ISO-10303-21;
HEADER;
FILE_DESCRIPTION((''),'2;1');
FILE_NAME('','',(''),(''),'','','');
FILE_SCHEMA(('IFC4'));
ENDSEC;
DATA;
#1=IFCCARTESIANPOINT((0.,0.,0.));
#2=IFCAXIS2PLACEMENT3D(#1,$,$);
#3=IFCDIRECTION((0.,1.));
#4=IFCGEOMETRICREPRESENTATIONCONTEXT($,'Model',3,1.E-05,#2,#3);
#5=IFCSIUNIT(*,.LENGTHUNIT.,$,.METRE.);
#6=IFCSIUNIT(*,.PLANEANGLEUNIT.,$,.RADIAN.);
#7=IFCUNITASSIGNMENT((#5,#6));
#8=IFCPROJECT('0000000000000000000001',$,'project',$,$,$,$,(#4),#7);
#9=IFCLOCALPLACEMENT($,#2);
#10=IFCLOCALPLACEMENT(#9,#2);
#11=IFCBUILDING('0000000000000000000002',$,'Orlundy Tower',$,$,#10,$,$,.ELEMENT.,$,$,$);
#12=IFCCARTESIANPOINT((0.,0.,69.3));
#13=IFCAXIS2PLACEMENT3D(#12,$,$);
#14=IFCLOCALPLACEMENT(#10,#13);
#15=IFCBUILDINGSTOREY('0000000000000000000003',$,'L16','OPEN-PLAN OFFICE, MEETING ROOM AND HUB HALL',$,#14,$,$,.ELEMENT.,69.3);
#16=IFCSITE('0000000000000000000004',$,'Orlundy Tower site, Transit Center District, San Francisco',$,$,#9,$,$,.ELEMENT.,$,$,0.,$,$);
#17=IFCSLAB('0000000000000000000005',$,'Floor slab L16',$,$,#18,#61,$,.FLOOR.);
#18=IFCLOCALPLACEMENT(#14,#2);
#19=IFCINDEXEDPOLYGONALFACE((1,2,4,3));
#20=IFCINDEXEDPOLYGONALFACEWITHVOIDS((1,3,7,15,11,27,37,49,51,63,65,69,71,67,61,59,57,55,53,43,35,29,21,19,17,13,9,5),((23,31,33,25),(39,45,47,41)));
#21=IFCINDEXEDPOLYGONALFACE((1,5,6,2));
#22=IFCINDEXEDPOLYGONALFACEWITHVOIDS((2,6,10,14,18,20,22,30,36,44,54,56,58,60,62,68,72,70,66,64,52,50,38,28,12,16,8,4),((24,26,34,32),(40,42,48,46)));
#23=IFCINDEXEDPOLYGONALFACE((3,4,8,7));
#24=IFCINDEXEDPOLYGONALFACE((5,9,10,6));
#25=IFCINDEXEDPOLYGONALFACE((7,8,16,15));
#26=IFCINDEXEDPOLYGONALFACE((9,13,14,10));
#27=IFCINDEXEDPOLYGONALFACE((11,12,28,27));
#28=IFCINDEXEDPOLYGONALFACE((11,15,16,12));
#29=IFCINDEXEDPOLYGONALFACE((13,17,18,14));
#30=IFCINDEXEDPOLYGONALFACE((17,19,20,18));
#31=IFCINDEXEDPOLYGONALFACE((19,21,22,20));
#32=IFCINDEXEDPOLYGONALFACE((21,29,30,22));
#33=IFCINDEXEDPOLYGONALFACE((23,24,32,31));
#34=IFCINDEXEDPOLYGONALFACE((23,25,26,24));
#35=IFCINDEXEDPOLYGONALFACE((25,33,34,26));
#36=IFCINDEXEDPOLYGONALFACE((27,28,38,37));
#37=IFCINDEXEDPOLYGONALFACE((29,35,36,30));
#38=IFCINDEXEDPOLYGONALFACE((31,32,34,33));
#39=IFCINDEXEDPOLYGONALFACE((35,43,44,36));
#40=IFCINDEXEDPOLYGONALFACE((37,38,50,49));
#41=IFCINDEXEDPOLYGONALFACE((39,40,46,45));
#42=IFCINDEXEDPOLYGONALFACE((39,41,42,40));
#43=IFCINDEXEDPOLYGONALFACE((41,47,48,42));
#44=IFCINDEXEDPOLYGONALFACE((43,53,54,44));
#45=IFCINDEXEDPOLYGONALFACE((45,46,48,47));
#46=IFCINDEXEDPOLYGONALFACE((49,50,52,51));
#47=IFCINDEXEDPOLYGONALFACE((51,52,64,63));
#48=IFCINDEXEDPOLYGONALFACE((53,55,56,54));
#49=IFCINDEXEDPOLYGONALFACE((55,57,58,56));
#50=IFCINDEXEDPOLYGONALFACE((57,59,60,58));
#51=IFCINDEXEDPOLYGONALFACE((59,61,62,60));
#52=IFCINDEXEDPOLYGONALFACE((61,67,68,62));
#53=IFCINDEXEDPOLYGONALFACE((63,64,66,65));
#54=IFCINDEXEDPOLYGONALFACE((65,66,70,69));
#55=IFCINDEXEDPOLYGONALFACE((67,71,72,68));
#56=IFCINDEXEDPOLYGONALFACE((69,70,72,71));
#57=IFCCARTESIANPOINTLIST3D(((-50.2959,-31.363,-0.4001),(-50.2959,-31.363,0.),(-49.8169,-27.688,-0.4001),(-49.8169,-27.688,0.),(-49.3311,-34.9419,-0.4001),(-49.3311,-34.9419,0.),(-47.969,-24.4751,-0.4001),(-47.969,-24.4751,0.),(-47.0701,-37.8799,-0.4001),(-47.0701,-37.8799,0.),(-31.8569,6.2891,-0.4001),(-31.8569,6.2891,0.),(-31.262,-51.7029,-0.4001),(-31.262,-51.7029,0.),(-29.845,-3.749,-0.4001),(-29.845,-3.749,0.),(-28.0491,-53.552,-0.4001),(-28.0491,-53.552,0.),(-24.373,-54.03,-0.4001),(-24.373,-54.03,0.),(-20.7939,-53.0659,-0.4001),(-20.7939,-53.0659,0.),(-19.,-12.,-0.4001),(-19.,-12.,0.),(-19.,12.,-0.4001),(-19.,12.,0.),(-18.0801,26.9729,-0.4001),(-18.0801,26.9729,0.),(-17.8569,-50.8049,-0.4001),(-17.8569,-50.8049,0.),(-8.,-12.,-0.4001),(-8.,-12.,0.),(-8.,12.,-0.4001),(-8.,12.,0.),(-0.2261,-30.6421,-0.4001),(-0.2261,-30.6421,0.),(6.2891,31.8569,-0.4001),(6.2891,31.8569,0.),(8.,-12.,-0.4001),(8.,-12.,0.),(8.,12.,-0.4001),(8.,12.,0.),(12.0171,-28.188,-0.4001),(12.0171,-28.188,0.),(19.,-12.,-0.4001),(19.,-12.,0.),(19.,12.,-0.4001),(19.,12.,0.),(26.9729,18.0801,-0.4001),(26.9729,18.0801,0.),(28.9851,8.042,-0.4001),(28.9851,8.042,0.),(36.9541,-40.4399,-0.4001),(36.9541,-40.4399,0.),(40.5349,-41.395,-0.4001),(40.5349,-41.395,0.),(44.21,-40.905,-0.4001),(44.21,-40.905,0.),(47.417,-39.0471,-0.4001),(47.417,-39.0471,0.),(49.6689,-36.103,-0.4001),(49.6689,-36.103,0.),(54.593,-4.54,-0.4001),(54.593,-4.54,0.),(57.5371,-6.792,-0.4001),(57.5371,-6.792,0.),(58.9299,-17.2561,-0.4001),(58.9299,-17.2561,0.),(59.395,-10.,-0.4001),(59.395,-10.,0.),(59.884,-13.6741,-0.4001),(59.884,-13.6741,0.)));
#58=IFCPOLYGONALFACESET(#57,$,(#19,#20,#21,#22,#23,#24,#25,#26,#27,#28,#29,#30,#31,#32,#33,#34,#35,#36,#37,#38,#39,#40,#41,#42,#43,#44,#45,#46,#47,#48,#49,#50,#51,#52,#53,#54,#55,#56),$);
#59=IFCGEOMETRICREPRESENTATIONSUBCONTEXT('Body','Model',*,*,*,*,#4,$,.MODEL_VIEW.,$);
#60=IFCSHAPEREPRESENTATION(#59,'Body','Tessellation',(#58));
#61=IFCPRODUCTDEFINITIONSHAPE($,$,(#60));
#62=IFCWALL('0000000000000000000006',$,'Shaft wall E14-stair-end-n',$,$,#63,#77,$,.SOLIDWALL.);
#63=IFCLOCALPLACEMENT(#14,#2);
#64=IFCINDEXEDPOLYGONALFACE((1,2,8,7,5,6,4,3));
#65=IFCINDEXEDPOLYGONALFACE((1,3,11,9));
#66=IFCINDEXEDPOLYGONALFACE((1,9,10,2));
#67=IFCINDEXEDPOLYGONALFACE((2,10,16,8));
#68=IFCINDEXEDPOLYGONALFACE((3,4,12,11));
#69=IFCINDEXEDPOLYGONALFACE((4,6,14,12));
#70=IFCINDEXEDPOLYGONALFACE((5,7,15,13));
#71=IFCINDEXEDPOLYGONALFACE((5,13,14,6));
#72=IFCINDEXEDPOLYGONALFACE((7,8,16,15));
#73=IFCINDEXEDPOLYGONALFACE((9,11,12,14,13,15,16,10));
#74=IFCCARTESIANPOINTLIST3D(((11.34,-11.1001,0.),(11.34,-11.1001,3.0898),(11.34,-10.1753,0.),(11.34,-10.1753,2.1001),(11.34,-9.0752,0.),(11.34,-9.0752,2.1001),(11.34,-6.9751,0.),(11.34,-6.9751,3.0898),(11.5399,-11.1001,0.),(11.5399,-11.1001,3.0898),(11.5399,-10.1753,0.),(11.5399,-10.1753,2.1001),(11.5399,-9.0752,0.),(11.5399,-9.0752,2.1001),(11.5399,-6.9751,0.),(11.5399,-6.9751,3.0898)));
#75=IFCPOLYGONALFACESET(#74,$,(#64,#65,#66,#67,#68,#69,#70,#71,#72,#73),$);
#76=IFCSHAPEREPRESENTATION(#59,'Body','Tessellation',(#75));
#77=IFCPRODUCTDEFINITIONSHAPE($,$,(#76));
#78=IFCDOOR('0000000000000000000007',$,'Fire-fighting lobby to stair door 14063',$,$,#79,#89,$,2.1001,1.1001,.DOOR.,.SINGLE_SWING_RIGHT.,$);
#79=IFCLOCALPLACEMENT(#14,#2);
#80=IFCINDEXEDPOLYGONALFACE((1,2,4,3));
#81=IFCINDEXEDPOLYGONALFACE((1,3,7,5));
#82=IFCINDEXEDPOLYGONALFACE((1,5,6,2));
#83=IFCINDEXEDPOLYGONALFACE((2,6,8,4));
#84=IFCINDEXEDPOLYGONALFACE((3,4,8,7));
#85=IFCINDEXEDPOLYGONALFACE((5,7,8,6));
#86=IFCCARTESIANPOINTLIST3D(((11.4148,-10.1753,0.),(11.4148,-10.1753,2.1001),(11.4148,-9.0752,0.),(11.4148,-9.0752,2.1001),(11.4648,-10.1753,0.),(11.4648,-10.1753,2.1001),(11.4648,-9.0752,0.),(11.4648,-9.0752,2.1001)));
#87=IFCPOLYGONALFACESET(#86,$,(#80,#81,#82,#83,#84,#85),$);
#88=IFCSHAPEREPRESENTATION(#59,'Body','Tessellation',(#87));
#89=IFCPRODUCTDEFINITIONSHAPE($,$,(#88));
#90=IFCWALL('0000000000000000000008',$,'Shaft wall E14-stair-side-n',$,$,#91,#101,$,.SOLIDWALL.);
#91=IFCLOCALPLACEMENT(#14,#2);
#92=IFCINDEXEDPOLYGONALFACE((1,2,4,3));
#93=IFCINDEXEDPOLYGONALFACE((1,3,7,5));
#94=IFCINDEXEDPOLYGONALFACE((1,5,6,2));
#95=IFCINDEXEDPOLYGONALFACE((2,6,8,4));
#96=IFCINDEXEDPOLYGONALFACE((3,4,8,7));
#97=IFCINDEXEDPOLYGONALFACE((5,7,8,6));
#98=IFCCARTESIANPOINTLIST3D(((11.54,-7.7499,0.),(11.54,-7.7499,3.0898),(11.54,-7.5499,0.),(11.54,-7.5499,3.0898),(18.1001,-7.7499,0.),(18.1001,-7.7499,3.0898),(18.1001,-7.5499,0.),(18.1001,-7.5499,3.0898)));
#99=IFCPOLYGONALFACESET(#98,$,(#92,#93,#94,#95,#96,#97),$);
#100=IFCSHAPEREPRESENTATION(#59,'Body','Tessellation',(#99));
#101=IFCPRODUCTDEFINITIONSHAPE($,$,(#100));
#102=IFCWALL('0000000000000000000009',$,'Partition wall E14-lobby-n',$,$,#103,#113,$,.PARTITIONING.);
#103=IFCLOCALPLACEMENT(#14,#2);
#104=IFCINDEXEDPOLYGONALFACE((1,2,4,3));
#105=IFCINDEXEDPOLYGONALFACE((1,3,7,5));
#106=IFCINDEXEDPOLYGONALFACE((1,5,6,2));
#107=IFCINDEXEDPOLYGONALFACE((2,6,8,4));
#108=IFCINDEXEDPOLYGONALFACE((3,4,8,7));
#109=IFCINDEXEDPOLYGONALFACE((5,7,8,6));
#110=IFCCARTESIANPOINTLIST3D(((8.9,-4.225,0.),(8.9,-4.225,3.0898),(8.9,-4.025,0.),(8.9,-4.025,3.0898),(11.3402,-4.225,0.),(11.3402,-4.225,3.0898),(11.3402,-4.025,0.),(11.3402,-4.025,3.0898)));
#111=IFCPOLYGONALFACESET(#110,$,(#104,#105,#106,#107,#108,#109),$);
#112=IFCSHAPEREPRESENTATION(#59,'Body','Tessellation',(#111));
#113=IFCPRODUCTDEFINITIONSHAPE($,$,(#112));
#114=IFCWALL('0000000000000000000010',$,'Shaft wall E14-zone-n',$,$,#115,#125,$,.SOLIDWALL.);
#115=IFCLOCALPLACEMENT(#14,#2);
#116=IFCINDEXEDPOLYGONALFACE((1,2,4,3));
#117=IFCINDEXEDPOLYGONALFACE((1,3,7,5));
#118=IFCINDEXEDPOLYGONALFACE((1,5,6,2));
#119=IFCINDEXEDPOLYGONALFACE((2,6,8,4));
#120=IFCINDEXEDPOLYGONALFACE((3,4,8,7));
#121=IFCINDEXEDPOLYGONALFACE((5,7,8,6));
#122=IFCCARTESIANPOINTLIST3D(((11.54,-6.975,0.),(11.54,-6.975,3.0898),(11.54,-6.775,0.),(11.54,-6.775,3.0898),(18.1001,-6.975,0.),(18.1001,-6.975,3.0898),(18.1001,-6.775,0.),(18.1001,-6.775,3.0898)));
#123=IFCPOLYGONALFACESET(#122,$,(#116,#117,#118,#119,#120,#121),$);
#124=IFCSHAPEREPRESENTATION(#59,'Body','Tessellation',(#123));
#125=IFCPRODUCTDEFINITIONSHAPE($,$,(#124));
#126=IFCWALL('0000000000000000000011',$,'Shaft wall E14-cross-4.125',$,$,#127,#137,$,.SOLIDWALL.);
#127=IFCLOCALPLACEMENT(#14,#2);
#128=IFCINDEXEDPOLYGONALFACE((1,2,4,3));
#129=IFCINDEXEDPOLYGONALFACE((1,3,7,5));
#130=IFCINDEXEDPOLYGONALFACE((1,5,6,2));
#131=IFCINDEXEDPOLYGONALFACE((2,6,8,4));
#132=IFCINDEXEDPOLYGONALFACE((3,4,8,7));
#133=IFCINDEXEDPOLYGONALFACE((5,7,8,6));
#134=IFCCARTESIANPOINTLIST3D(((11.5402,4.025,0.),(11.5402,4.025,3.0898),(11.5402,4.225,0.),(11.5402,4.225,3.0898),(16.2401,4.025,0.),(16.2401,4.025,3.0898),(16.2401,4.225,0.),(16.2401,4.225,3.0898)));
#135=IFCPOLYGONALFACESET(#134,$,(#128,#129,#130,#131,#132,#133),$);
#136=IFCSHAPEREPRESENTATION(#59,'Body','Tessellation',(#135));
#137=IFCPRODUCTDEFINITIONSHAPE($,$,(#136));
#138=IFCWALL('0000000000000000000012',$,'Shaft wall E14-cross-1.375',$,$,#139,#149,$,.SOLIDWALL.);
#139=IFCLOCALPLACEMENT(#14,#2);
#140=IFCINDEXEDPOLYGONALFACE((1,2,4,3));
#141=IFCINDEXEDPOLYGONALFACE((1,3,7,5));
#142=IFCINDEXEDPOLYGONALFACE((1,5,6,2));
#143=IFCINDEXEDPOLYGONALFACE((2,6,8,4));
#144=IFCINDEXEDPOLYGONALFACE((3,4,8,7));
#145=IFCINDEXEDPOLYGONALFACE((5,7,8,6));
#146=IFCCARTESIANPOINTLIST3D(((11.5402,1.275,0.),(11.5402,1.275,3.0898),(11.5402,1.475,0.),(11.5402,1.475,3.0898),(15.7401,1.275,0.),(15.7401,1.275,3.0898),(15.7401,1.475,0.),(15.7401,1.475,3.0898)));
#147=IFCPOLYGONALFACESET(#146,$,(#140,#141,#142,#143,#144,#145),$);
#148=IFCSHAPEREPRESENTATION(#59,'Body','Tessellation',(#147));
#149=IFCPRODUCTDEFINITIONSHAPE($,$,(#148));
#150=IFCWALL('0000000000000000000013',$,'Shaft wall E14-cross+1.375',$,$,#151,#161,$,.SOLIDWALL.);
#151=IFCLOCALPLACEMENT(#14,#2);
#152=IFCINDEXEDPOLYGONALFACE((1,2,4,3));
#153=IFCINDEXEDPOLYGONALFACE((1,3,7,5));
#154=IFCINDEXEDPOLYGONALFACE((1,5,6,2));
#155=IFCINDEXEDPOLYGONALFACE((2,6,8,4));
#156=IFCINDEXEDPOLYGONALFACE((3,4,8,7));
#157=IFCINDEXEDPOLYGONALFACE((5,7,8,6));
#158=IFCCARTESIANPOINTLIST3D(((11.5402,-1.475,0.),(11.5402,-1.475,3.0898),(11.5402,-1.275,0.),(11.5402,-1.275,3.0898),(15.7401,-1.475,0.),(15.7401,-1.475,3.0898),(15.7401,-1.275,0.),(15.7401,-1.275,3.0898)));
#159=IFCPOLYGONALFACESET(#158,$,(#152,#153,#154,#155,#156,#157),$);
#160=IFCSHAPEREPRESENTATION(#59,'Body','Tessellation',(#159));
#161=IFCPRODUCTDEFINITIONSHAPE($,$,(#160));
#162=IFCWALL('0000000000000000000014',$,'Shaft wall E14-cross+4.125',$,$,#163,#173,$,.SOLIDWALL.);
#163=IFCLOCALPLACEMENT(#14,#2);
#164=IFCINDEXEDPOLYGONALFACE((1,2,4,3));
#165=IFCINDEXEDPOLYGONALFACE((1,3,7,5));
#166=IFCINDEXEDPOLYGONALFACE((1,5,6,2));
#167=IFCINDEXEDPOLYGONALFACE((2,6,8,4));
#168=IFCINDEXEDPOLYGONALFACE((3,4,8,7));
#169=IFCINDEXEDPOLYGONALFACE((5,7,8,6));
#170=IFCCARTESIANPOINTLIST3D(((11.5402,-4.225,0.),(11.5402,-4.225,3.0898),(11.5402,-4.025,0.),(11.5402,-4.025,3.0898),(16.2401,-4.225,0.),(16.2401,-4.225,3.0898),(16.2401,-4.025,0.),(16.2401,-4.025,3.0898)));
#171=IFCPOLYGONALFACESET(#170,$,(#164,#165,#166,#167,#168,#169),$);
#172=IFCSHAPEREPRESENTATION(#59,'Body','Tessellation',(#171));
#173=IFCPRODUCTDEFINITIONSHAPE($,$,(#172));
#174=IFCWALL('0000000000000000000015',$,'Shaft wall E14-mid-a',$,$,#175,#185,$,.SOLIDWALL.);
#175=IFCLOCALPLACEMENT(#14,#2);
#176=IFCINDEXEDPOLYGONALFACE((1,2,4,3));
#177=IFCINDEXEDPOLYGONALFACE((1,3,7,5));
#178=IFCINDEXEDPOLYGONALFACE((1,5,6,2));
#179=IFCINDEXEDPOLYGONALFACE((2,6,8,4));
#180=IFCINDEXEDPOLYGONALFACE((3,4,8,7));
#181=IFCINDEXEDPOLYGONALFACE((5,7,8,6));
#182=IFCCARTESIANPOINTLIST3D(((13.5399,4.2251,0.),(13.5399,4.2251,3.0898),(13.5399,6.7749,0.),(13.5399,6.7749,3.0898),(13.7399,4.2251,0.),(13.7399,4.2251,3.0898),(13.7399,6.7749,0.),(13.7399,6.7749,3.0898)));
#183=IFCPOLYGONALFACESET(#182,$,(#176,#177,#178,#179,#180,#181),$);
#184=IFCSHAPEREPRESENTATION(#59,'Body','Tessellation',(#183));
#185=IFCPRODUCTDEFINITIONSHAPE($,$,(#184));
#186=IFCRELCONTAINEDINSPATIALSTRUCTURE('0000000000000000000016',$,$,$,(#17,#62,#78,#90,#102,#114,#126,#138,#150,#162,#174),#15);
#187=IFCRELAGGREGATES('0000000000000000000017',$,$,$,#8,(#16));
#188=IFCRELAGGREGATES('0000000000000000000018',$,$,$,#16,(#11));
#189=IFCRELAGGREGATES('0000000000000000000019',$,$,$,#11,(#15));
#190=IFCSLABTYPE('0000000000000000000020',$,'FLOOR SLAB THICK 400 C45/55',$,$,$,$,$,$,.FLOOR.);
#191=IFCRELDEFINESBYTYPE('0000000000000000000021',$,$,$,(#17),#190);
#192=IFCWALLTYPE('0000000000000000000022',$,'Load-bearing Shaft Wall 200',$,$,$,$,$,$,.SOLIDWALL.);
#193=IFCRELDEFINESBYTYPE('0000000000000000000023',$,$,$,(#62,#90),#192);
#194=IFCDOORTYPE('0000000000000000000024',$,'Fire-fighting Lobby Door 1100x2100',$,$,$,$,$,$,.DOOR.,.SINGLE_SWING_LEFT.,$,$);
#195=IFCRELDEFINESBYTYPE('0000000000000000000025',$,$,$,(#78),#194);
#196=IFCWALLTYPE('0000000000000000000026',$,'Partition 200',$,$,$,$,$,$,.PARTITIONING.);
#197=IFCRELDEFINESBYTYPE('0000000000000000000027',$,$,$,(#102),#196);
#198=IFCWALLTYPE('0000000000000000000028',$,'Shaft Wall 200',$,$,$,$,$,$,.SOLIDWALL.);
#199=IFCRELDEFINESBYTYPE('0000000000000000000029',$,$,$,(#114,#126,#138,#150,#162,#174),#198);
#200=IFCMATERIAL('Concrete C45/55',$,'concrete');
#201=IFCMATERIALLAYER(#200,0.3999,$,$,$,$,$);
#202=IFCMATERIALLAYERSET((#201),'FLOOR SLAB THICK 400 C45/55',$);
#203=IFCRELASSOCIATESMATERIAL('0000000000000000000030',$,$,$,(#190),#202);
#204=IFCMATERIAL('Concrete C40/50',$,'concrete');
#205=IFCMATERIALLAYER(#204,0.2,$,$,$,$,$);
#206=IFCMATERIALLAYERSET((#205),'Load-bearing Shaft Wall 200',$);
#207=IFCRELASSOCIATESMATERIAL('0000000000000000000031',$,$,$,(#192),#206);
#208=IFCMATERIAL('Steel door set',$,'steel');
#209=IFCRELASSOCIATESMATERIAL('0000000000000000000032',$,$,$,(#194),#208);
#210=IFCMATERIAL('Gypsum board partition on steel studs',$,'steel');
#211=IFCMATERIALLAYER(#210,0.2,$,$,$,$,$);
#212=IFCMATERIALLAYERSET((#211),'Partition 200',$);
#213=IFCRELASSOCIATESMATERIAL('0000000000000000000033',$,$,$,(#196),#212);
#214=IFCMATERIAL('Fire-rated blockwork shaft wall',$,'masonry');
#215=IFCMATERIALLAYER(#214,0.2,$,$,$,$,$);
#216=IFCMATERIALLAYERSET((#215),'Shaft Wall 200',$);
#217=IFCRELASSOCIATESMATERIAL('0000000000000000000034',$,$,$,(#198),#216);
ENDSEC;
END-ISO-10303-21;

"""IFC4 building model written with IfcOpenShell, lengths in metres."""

from ifc_helpers import new_model, si_unit, direction, frame, frame_2d, origin, place, context, subcontext, project, spatial, polyline, rectangle, outline, extrude, material, layer, layer_set, type_object, element, fill, save


model = new_model("IFC4")

# Units and contexts
model_context = context("Model", 3, precision=1e-05, world=origin(), true_north=direction((0.0, 1.0)))
body_context = subcontext(model_context, "Body", "Model", "MODEL_VIEW")
ifc_project = project(units=[si_unit("LENGTHUNIT", "METRE"), si_unit("PLANEANGLEUNIT", "RADIAN")], contexts=[model_context])

# Site, building, storey
site_placement = place(None, origin())
site = spatial("IfcSite", under=ifc_project, at=site_placement, Name="Orlundy Tower site, Transit Center District, San Francisco", CompositionType="ELEMENT", RefElevation=0.0)
building_placement = place(site_placement, origin())
building = spatial("IfcBuilding", under=site, at=building_placement, Name="Orlundy Tower", CompositionType="ELEMENT")
storey_placement = place(building_placement, frame((0.0, 0.0, 69.3)))
storey = spatial("IfcBuildingStorey", under=building, at=storey_placement, Name="L16", Description="OPEN-PLAN OFFICE, MEETING ROOM AND HUB HALL", CompositionType="ELEMENT", Elevation=69.3)

# Slab
ifc_material_1 = material(Name="Concrete C45/55", Category="concrete")
ifc_layer_1 = layer(ifc_material_1, 0.3999)
ifc_layer_set_1 = layer_set([ifc_layer_1], Name="FLOOR SLAB THICK 400 C45/55")
slab_type_1 = type_object("IfcSlabType", Name="FLOOR SLAB THICK 400 C45/55", PredefinedType="FLOOR", material=ifc_layer_set_1)
slab_1_placement = place(storey_placement, frame((0.0, 0.0, -0.4001)))
element("IfcSlab", 1, at=slab_1_placement, inside=storey, type_object=slab_type_1, Name="Floor slab L16", PredefinedType="FLOOR", context=body_context, shape_type="SweptSolid", body=[
    extrude(outline(polyline([(12.0171, -28.188), (-0.2261, -30.6421), (-17.8569, -50.8049), (-20.7939, -53.0659), (-24.373, -54.03), (-28.0491, -53.552), (-31.262, -51.7029), (-47.0701, -37.8799), (-49.3311, -34.9419), (-50.2959, -31.363), (-49.8169, -27.688), (-47.969, -24.4751), (-29.845, -3.749), (-31.8569, 6.2891), (-18.0801, 26.9729), (6.2891, 31.8569), (26.9729, 18.0801), (28.9851, 8.042), (54.593, -4.54), (57.5371, -6.792), (59.395, -10.0), (59.884, -13.6741), (58.9299, -17.2561), (49.6689, -36.103), (47.417, -39.0471), (44.21, -40.905), (40.5349, -41.395), (36.9541, -40.4399), (12.0171, -28.188)]), holes=[polyline([(-8.0, -12.0), (-8.0, 12.0), (-19.0, 12.0), (-19.0, -12.0), (-8.0, -12.0)]), polyline([(19.0, -12.0), (19.0, 12.0), (8.0, 12.0), (8.0, -12.0), (19.0, -12.0)])]), origin(), (0.0, 0.0, 1.0), 0.4001),
])

# Wall, opening, door
ifc_material_2 = material(Name="Concrete C40/50", Category="concrete")
ifc_layer_2 = layer(ifc_material_2, 0.2)
ifc_layer_set_2 = layer_set([ifc_layer_2], Name="Load-bearing Shaft Wall 200")
wall_type_1 = type_object("IfcWallType", Name="Load-bearing Shaft Wall 200", PredefinedType="SOLIDWALL", material=ifc_layer_set_2)
wall_1_placement = place(storey_placement, frame((11.4399, -6.9751, 0.0), z_axis=(0.0, 0.0, 1.0), x_axis=(0.0, -1.0, 0.0)))
wall_1 = element("IfcWall", 2, at=wall_1_placement, inside=storey, type_object=wall_type_1, Name="Shaft wall E14-stair-end-n", PredefinedType="SOLIDWALL", context=body_context, shape_type="SweptSolid", body=[
    extrude(rectangle(XDim=4.125, YDim=0.2, at=frame_2d((2.0625, 0.0))), origin(), (0.0, 0.0, 1.0), 3.0898),
])
opening_1_placement = place(wall_1_placement, frame((2.1001, 0.0, 0.0)))
opening_1 = element("IfcOpeningElement", 3, at=opening_1_placement, cuts=wall_1, PredefinedType="OPENING", context=body_context, shape_type="SweptSolid", body=[
    extrude(rectangle(XDim=1.1001, YDim=2.1001, at=frame_2d((0.55, 1.05))), frame((0.0, 0.1101, 0.0), z_axis=(0.0, -1.0, 0.0), x_axis=(1.0, 0.0, 0.0)), (0.0, 0.0, 1.0), 0.2202),
])
ifc_material_3 = material(Name="Steel door set", Category="steel")
door_type_1 = type_object("IfcDoorType", Name="Fire-fighting Lobby Door 1100x2100", OperationType="SINGLE_SWING_LEFT", PredefinedType="DOOR", material=ifc_material_3)
door_1_placement = place(opening_1_placement, origin())
door_1 = element("IfcDoor", 4, at=door_1_placement, inside=storey, type_object=door_type_1, Name="Fire-fighting lobby to stair door 14063", OperationType="SINGLE_SWING_RIGHT", OverallHeight=2.1001, OverallWidth=1.1001, PredefinedType="DOOR", context=body_context, shape_type="SweptSolid", body=[
    extrude(rectangle(XDim=1.1001, YDim=2.1001, at=frame_2d((0.55, 1.05))), frame((0.0, 0.0249, 0.0), z_axis=(0.0, -1.0, 0.0), x_axis=(1.0, 0.0, 0.0)), (0.0, 0.0, 1.0), 0.05),
])
fill(opening_1, door_1)

# Walls
wall_2_placement = place(storey_placement, frame((11.54, -7.6499, 0.0), z_axis=(0.0, 0.0, 1.0), x_axis=(1.0, 0.0, 0.0)))
element("IfcWall", 5, at=wall_2_placement, inside=storey, type_object=wall_type_1, Name="Shaft wall E14-stair-side-n", PredefinedType="SOLIDWALL", context=body_context, shape_type="SweptSolid", body=[
    extrude(rectangle(XDim=6.5601, YDim=0.2, at=frame_2d((3.28, 0.0))), origin(), (0.0, 0.0, 1.0), 3.0898),
])
ifc_material_4 = material(Name="Gypsum board partition on steel studs", Category="steel")
ifc_layer_3 = layer(ifc_material_4, 0.2)
ifc_layer_set_3 = layer_set([ifc_layer_3], Name="Partition 200")
wall_type_2 = type_object("IfcWallType", Name="Partition 200", PredefinedType="PARTITIONING", material=ifc_layer_set_3)
wall_3_placement = place(storey_placement, frame((8.8999, -4.125, 0.0), z_axis=(0.0, 0.0, 1.0), x_axis=(1.0, 0.0, 0.0)))
element("IfcWall", 6, at=wall_3_placement, inside=storey, type_object=wall_type_2, Name="Partition wall E14-lobby-n", PredefinedType="PARTITIONING", context=body_context, shape_type="SweptSolid", body=[
    extrude(rectangle(XDim=2.4402, YDim=0.2, at=frame_2d((1.2202, 0.0))), origin(), (0.0, 0.0, 1.0), 3.0898),
])
ifc_material_5 = material(Name="Fire-rated blockwork shaft wall", Category="masonry")
ifc_layer_4 = layer(ifc_material_5, 0.2)
ifc_layer_set_4 = layer_set([ifc_layer_4], Name="Shaft Wall 200")
wall_type_3 = type_object("IfcWallType", Name="Shaft Wall 200", PredefinedType="SOLIDWALL", material=ifc_layer_set_4)
wall_4_placement = place(storey_placement, frame((11.54, -6.875, 0.0), z_axis=(0.0, 0.0, 1.0), x_axis=(1.0, 0.0, 0.0)))
element("IfcWall", 7, at=wall_4_placement, inside=storey, type_object=wall_type_3, Name="Shaft wall E14-zone-n", PredefinedType="SOLIDWALL", context=body_context, shape_type="SweptSolid", body=[
    extrude(rectangle(XDim=6.5601, YDim=0.2, at=frame_2d((3.28, 0.0))), origin(), (0.0, 0.0, 1.0), 3.0898),
])
wall_5_placement = place(storey_placement, frame((11.54, 4.125, 0.0), z_axis=(0.0, 0.0, 1.0), x_axis=(1.0, 0.0, 0.0)))
element("IfcWall", 8, at=wall_5_placement, inside=storey, type_object=wall_type_3, Name="Shaft wall E14-cross-4.125", PredefinedType="SOLIDWALL", context=body_context, shape_type="SweptSolid", body=[
    extrude(rectangle(XDim=4.7, YDim=0.2, at=frame_2d((2.3501, 0.0))), origin(), (0.0, 0.0, 1.0), 3.0898),
])
for number, where, z_axis, x_axis, name in (
    (9, (11.54, 1.375, 0.0), (0.0, 0.0, 1.0), (1.0, 0.0, 0.0), "Shaft wall E14-cross-1.375"),
    (10, (11.54, -1.375, 0.0), (0.0, 0.0, 1.0), (1.0, 0.0, 0.0), "Shaft wall E14-cross+1.375"),
):
    element("IfcWall", number, at=place(storey_placement, frame(where, z_axis=z_axis, x_axis=x_axis)), inside=storey, type_object=wall_type_3, Name=name, PredefinedType="SOLIDWALL", context=body_context, shape_type="SweptSolid", body=[
        extrude(rectangle(XDim=4.2, YDim=0.2, at=frame_2d((2.1001, 0.0))), origin(), (0.0, 0.0, 1.0), 3.0898),
    ])
wall_6_placement = place(storey_placement, frame((11.54, -4.125, 0.0), z_axis=(0.0, 0.0, 1.0), x_axis=(1.0, 0.0, 0.0)))
element("IfcWall", 11, at=wall_6_placement, inside=storey, type_object=wall_type_3, Name="Shaft wall E14-cross+4.125", PredefinedType="SOLIDWALL", context=body_context, shape_type="SweptSolid", body=[
    extrude(rectangle(XDim=4.7, YDim=0.2, at=frame_2d((2.3501, 0.0))), origin(), (0.0, 0.0, 1.0), 3.0898),
])
for number, where, z_axis, x_axis, name in (
    (12, (13.6399, 6.7749, 0.0), (0.0, 0.0, 1.0), (0.0, -1.0, 0.0), "Shaft wall E14-mid-a"),
):
    element("IfcWall", number, at=place(storey_placement, frame(where, z_axis=z_axis, x_axis=x_axis)), inside=storey, type_object=wall_type_3, Name=name, PredefinedType="SOLIDWALL", context=body_context, shape_type="SweptSolid", body=[
        extrude(rectangle(XDim=2.5498, YDim=0.2, at=frame_2d((1.2749, 0.0))), origin(), (0.0, 0.0, 1.0), 3.0898),
    ])

save(model, "model.ifc")
